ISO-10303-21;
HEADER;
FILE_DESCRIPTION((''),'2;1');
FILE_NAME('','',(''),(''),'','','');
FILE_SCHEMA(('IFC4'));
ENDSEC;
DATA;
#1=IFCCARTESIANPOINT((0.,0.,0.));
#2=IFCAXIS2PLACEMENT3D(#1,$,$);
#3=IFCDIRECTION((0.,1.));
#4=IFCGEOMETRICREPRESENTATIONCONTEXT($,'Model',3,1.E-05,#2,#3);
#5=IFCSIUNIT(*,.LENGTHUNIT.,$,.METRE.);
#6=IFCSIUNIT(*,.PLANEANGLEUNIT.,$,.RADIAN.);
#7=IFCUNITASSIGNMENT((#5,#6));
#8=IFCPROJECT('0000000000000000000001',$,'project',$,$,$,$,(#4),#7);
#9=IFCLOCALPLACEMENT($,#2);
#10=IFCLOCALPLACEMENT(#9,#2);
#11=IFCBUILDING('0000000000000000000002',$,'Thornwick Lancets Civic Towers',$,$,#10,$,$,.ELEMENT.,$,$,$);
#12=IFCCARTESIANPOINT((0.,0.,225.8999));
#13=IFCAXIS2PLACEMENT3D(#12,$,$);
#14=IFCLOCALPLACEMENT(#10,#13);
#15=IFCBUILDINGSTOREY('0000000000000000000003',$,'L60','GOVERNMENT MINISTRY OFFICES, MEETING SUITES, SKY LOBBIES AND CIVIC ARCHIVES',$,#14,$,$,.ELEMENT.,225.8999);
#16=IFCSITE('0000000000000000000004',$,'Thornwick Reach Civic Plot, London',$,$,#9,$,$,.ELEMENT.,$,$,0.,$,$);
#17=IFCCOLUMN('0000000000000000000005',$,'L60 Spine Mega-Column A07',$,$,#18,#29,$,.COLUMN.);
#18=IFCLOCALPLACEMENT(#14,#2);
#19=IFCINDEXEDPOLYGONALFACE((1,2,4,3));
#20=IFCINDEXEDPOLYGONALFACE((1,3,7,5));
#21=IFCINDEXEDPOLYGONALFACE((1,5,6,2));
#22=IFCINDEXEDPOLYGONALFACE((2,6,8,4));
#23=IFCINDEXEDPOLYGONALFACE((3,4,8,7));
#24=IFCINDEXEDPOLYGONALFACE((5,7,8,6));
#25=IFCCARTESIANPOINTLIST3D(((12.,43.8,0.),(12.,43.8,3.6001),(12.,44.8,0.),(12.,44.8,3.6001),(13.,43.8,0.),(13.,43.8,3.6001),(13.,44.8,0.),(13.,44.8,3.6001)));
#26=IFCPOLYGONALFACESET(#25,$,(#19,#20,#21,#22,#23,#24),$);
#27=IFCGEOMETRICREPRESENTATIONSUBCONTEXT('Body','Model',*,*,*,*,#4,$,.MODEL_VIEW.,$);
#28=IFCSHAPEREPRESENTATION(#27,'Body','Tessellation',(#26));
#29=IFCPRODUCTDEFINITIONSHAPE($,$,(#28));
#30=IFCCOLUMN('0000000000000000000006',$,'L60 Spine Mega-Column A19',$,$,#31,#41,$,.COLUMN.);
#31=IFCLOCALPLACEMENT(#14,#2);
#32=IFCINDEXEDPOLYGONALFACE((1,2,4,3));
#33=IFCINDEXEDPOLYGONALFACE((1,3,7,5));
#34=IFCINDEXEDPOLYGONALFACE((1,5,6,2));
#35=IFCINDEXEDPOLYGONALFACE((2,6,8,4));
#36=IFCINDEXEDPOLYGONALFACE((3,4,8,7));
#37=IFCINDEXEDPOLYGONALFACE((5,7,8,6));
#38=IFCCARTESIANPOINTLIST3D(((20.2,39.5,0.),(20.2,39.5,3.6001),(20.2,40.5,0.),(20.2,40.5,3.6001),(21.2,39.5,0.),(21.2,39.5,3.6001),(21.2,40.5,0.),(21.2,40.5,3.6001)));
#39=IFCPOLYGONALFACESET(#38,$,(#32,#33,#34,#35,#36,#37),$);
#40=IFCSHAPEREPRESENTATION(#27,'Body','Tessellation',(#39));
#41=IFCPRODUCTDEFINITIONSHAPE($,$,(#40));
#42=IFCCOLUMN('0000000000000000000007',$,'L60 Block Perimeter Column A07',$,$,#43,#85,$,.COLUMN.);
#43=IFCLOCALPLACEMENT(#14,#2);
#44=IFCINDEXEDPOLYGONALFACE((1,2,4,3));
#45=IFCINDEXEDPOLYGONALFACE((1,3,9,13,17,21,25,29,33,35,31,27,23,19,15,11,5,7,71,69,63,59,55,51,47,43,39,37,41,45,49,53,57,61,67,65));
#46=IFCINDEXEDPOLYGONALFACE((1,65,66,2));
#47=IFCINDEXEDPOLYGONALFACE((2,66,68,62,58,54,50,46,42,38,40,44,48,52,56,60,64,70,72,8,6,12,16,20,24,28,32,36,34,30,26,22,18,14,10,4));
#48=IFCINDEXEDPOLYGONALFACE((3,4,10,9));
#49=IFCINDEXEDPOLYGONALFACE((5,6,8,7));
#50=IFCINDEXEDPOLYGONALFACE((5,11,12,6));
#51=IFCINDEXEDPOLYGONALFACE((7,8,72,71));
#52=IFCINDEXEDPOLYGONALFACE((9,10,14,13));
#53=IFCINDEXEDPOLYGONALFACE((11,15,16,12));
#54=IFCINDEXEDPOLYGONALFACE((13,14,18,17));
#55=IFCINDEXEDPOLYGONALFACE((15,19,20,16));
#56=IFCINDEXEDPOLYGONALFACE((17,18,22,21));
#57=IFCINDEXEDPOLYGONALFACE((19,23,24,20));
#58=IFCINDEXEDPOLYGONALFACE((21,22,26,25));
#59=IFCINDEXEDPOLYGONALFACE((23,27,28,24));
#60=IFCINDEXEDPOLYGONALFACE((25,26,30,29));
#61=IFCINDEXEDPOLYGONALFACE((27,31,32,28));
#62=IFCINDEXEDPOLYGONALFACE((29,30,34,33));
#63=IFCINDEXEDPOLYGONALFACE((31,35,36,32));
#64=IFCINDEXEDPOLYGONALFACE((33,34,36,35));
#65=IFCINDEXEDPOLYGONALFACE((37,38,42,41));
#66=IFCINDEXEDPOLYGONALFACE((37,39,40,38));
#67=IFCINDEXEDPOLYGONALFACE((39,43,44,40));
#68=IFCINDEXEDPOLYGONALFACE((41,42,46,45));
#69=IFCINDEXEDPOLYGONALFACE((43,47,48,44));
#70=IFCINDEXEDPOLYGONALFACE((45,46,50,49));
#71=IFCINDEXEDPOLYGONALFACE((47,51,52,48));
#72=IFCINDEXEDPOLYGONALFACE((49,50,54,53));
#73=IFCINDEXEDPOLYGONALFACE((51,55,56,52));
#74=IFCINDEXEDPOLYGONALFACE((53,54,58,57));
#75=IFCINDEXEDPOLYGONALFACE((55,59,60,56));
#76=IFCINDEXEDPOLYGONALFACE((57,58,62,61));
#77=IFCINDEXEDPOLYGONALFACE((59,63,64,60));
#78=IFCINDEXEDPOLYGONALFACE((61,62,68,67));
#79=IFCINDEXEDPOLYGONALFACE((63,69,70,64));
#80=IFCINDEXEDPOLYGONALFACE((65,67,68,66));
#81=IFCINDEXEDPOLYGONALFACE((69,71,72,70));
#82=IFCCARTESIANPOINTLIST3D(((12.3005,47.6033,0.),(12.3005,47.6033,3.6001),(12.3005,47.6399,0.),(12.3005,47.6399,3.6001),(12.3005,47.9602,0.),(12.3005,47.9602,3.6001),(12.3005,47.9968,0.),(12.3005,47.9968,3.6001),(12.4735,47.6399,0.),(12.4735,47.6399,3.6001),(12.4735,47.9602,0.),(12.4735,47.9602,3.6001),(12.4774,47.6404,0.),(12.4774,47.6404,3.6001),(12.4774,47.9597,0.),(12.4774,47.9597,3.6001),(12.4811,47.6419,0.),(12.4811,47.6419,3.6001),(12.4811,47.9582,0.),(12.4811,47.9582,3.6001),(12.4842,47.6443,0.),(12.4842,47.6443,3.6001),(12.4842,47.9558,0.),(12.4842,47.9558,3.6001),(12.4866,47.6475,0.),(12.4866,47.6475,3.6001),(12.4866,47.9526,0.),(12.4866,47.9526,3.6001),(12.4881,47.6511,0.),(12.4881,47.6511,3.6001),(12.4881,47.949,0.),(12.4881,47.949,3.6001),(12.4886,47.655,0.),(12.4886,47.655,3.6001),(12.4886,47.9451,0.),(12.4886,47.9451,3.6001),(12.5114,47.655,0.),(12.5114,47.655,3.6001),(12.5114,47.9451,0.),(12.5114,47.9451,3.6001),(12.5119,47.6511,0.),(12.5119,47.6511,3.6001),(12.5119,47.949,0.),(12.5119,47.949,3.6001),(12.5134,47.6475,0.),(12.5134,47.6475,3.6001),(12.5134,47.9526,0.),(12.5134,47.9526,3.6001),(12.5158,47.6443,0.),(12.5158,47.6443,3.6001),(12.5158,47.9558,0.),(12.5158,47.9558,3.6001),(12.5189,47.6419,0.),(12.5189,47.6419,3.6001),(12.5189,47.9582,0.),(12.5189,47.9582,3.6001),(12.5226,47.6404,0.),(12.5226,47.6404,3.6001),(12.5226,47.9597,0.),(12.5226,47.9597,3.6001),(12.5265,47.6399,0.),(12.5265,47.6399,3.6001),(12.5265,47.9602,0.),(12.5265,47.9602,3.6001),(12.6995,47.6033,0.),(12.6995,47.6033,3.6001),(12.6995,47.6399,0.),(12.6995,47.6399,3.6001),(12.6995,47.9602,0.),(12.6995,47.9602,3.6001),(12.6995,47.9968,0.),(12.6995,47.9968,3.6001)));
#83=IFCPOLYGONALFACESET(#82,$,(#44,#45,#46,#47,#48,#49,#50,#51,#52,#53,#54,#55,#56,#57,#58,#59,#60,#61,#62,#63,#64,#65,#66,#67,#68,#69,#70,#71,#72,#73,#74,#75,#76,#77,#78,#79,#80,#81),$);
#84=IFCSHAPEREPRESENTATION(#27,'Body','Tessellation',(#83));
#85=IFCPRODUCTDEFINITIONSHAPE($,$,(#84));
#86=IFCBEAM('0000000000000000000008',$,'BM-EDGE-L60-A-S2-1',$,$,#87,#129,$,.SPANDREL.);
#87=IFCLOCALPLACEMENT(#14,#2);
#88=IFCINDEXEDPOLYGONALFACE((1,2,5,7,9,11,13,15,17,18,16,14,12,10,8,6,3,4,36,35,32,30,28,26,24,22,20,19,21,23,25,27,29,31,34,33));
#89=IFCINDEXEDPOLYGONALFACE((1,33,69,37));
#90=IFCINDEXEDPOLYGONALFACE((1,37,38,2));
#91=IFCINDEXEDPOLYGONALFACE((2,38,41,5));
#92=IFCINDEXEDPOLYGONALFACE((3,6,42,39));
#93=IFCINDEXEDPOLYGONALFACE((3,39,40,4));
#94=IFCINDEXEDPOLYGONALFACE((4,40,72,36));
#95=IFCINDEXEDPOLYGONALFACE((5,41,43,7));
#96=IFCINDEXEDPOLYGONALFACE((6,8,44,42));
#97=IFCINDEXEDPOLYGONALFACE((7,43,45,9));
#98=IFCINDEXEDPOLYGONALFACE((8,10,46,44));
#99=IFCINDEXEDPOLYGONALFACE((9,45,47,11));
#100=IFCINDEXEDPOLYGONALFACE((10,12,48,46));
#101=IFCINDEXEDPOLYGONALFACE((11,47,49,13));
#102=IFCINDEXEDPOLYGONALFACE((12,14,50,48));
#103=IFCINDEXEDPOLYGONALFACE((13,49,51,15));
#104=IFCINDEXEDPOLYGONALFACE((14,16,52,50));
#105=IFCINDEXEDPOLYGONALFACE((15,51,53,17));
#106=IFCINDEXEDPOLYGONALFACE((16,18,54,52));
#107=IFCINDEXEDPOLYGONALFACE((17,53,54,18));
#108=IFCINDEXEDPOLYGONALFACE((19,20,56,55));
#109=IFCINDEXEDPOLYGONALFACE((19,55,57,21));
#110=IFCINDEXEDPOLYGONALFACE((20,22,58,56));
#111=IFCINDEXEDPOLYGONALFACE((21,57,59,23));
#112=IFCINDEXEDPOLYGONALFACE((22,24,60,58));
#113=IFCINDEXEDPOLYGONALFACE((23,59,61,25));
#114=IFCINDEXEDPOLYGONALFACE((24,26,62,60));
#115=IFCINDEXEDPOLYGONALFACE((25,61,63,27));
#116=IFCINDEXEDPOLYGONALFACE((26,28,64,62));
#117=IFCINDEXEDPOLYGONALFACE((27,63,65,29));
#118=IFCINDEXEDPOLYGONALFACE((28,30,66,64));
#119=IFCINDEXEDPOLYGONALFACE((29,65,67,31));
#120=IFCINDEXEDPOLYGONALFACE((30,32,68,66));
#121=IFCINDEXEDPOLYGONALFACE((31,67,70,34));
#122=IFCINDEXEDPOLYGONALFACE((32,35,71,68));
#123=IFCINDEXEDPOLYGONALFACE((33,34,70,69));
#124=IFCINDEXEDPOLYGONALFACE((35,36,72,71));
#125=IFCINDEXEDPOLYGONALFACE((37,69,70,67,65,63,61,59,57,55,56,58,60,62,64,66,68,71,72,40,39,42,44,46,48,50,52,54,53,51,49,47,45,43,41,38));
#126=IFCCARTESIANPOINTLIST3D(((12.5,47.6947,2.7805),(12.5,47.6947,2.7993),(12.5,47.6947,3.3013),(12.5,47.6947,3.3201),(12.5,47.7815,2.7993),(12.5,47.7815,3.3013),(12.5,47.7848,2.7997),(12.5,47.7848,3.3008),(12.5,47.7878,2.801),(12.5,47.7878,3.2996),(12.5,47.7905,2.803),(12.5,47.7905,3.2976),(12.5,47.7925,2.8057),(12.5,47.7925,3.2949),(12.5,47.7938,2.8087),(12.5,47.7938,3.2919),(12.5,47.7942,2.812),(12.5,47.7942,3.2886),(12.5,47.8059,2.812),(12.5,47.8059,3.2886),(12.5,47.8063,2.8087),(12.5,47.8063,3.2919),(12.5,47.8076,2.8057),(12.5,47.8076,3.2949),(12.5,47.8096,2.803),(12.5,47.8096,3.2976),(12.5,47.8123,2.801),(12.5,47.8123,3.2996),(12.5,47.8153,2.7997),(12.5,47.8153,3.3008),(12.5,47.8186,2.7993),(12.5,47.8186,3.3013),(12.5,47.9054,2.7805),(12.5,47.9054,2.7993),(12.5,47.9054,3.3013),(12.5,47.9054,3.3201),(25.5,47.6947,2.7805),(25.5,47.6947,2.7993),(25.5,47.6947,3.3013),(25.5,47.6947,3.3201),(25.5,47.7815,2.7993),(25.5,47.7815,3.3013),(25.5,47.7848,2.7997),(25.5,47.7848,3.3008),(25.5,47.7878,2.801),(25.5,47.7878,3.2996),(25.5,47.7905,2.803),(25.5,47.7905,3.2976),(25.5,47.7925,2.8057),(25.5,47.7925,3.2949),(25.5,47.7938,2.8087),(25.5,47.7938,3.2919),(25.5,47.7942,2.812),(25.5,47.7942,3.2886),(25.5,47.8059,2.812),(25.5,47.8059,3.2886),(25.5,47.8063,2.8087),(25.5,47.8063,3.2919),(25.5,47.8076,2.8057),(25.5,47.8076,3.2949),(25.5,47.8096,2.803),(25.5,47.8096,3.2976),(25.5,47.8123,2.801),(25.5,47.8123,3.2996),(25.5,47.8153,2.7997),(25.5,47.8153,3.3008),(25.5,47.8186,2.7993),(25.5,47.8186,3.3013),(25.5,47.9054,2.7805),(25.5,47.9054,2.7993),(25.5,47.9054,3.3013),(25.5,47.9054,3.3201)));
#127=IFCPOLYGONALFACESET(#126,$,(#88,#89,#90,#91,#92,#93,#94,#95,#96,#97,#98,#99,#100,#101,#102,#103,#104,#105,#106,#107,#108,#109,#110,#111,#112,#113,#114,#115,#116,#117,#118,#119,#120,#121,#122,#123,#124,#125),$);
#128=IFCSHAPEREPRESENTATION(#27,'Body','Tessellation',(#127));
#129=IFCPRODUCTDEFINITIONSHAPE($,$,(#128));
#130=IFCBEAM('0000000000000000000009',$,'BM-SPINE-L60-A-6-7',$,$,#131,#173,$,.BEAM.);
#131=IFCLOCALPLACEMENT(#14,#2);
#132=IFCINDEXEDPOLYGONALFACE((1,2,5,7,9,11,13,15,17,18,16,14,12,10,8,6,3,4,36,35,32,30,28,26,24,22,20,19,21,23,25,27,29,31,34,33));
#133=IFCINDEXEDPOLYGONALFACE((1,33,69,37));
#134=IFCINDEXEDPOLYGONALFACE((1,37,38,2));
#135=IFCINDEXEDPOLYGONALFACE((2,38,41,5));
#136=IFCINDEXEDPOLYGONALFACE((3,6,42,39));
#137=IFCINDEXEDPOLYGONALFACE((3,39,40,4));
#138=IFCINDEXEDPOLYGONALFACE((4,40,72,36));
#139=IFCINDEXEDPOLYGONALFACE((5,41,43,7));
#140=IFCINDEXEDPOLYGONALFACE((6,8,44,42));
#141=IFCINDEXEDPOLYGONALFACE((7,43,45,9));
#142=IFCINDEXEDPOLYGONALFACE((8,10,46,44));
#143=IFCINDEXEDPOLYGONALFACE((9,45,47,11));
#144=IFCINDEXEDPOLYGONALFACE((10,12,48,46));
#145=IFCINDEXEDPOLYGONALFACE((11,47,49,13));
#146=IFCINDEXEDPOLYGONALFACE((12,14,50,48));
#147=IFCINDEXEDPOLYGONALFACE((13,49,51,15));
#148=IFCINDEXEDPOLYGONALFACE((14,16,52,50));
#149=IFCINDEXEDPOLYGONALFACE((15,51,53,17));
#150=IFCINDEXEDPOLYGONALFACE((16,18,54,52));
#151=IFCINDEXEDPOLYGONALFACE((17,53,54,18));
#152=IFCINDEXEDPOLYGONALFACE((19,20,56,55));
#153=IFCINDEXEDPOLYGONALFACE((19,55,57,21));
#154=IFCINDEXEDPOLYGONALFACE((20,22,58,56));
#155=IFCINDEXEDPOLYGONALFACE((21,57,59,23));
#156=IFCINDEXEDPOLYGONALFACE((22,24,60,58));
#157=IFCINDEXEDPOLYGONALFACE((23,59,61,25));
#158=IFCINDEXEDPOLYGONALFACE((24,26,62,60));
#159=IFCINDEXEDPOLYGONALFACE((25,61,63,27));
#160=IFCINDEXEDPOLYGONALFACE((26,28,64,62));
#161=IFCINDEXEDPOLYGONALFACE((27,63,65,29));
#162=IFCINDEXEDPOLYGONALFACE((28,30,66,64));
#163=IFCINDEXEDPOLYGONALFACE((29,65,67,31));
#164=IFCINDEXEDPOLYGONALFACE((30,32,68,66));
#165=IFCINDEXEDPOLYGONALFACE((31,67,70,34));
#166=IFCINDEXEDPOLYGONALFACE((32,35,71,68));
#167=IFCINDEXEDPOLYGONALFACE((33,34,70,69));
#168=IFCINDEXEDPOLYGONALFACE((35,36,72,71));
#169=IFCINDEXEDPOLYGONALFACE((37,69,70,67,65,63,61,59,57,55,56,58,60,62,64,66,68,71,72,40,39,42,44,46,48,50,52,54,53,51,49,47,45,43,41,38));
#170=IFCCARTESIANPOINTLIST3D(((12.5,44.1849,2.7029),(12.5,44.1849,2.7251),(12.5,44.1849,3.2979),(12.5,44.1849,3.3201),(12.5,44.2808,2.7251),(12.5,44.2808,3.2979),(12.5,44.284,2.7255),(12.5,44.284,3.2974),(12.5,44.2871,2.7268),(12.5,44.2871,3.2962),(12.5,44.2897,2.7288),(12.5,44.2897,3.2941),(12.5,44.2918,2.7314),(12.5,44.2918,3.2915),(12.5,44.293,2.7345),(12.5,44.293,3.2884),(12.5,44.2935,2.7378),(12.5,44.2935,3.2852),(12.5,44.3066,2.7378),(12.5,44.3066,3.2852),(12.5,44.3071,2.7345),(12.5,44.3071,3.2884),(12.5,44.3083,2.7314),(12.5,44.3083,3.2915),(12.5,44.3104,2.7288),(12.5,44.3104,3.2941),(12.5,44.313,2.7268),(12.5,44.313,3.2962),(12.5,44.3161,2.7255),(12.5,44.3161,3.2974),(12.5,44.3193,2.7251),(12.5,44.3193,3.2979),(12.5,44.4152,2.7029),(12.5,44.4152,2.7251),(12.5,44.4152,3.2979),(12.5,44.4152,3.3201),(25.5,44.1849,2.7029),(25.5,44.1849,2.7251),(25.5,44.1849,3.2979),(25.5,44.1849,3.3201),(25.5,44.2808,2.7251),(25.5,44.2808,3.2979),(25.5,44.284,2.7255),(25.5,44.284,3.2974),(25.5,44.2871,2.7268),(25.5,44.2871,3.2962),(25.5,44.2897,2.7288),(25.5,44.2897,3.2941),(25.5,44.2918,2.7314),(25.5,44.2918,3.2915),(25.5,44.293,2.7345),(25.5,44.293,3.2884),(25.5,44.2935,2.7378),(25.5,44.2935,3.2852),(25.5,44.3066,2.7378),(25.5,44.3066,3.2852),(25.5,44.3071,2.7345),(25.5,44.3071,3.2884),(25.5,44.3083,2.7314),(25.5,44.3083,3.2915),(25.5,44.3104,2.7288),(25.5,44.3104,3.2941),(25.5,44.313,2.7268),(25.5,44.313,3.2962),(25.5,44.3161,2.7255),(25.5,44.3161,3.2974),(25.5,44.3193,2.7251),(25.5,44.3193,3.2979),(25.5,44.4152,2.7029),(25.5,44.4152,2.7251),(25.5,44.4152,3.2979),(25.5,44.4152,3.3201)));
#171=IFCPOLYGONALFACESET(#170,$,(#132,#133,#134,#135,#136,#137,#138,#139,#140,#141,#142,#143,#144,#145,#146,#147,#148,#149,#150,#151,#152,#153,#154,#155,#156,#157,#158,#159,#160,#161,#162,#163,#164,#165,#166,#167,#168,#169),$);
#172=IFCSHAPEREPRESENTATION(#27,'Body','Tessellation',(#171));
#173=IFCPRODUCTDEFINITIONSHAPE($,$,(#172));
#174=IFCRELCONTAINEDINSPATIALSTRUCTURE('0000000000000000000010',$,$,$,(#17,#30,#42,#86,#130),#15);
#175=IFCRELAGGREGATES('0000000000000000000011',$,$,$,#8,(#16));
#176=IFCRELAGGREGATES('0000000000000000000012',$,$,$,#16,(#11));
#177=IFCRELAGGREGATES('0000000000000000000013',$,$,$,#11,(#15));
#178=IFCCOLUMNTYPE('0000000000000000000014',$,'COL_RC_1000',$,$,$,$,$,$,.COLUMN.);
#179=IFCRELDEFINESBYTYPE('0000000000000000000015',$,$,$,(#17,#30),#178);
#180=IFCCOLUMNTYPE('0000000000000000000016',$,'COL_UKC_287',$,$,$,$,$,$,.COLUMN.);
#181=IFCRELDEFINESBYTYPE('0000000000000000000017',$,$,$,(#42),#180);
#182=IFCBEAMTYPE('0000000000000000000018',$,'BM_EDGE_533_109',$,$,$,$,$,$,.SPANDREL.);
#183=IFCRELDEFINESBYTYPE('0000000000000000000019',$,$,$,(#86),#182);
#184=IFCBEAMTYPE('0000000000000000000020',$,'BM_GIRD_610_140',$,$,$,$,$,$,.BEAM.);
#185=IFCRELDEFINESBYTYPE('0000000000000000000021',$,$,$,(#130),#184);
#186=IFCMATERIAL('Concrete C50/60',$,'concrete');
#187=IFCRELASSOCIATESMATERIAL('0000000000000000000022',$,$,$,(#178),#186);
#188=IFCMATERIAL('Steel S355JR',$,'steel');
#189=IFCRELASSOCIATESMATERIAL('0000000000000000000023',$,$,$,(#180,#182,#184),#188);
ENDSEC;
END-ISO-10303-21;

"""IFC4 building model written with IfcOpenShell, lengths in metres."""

from ifc_helpers import new_model, si_unit, direction, frame, origin, origin_2d, place, context, subcontext, project, spatial, rectangle, i_section, extrude, material, material_profile, profile_set, type_object, element, save


model = new_model("IFC4")

# Units and contexts
model_context = context("Model", 3, precision=1e-05, world=origin(), true_north=direction((0.0, 1.0)))
body_context = subcontext(model_context, "Body", "Model", "MODEL_VIEW")
ifc_project = project(units=[si_unit("LENGTHUNIT", "METRE"), si_unit("PLANEANGLEUNIT", "RADIAN")], contexts=[model_context])

# Site, building, storey
site_placement = place(None, origin())
site = spatial("IfcSite", under=ifc_project, at=site_placement, Name="Thornwick Reach Civic Plot, London", CompositionType="ELEMENT", RefElevation=0.0)
building_placement = place(site_placement, origin())
building = spatial("IfcBuilding", under=site, at=building_placement, Name="Thornwick Lancets Civic Towers", CompositionType="ELEMENT")
storey_placement = place(building_placement, frame((0.0, 0.0, 225.8999)))
storey = spatial("IfcBuildingStorey", under=building, at=storey_placement, Name="L60", Description="GOVERNMENT MINISTRY OFFICES, MEETING SUITES, SKY LOBBIES AND CIVIC ARCHIVES", CompositionType="ELEMENT", Elevation=225.8999)

# Columns
ifc_material_1 = material(Name="Concrete C50/60", Category="concrete")
ifc_material_profile_1 = material_profile(ifc_material_1, rectangle(XDim=1.0, YDim=1.0, at=origin_2d()), Name="RC 1000x1000")
ifc_profile_set_1 = profile_set([ifc_material_profile_1], Name="Concrete C50/60")
column_type_1 = type_object("IfcColumnType", Name="COL_RC_1000", PredefinedType="COLUMN", material=ifc_profile_set_1)
for number, where, z_axis, x_axis, name in (
    (1, (12.5, 44.3, 0.0), (0.0, 0.0, 1.0), (1.0, 0.0, 0.0), "L60 Spine Mega-Column A07"),
    (2, (20.7, 40.0, 0.0), (0.0, 0.0, 1.0), (1.0, 0.0, 0.0), "L60 Spine Mega-Column A19"),
):
    element("IfcColumn", number, at=place(storey_placement, frame(where, z_axis=z_axis, x_axis=x_axis)), inside=storey, type_object=column_type_1, Name=name, PredefinedType="COLUMN", context=body_context, shape_type="SweptSolid", body=[
        extrude(rectangle(XDim=1.0, YDim=1.0, at=origin_2d()), origin(), (0.0, 0.0, 1.0), 3.6001),
    ])
ifc_material_2 = material(Name="Steel S355JR", Category="steel")
ifc_material_profile_2 = material_profile(ifc_material_2, i_section(OverallWidth=0.3989, OverallDepth=0.3936, WebThickness=0.0227, FlangeThickness=0.0366, FilletRadius=0.0151, at=origin_2d()), Name="UKC 356x406x287")
ifc_profile_set_2 = profile_set([ifc_material_profile_2], Name="Steel S355JR")
column_type_2 = type_object("IfcColumnType", Name="COL_UKC_287", PredefinedType="COLUMN", material=ifc_profile_set_2)
column_placement = place(storey_placement, frame((12.5, 47.8, 0.0), z_axis=(0.0, 0.0, 1.0), x_axis=(1.0, 0.0, 0.0)))
element("IfcColumn", 3, at=column_placement, inside=storey, type_object=column_type_2, Name="L60 Block Perimeter Column A07", PredefinedType="COLUMN", context=body_context, shape_type="SweptSolid", body=[
    extrude(i_section(OverallWidth=0.3989, OverallDepth=0.3936, WebThickness=0.0227, FlangeThickness=0.0366, FilletRadius=0.0151, at=origin_2d()), origin(), (0.0, 0.0, 1.0), 3.6001),
])

# Beams
ifc_material_profile_3 = material_profile(ifc_material_2, i_section(OverallWidth=0.2107, OverallDepth=0.5396, WebThickness=0.0117, FlangeThickness=0.0188, FilletRadius=0.0127, at=origin_2d()), Name="UKB 533x210x109")
ifc_profile_set_3 = profile_set([ifc_material_profile_3], Name="Steel S355JR")
beam_type_1 = type_object("IfcBeamType", Name="BM_EDGE_533_109", PredefinedType="SPANDREL", material=ifc_profile_set_3)
beam_1_placement = place(storey_placement, frame((12.5, 47.8, 3.0503), z_axis=(1.0, 0.0, 0.0), x_axis=(0.0, 1.0, 0.0)))
element("IfcBeam", 4, at=beam_1_placement, inside=storey, type_object=beam_type_1, Name="BM-EDGE-L60-A-S2-1", PredefinedType="SPANDREL", context=body_context, shape_type="SweptSolid", body=[
    extrude(i_section(OverallWidth=0.2107, OverallDepth=0.5396, WebThickness=0.0117, FlangeThickness=0.0188, FilletRadius=0.0127, at=origin_2d()), origin(), (0.0, 0.0, 1.0), 13.0),
])
ifc_material_profile_4 = material_profile(ifc_material_2, i_section(OverallWidth=0.2302, OverallDepth=0.6172, WebThickness=0.0132, FlangeThickness=0.0222, FilletRadius=0.0127, at=origin_2d()), Name="UKB 610x229x140")
ifc_profile_set_4 = profile_set([ifc_material_profile_4], Name="Steel S355JR")
beam_type_2 = type_object("IfcBeamType", Name="BM_GIRD_610_140", PredefinedType="BEAM", material=ifc_profile_set_4)
beam_2_placement = place(storey_placement, frame((12.5, 44.3, 3.0115), z_axis=(1.0, 0.0, 0.0), x_axis=(0.0, 1.0, 0.0)))
element("IfcBeam", 5, at=beam_2_placement, inside=storey, type_object=beam_type_2, Name="BM-SPINE-L60-A-6-7", PredefinedType="BEAM", context=body_context, shape_type="SweptSolid", body=[
    extrude(i_section(OverallWidth=0.2302, OverallDepth=0.6172, WebThickness=0.0132, FlangeThickness=0.0222, FilletRadius=0.0127, at=origin_2d()), origin(), (0.0, 0.0, 1.0), 13.0),
])

save(model, "model.ifc")
